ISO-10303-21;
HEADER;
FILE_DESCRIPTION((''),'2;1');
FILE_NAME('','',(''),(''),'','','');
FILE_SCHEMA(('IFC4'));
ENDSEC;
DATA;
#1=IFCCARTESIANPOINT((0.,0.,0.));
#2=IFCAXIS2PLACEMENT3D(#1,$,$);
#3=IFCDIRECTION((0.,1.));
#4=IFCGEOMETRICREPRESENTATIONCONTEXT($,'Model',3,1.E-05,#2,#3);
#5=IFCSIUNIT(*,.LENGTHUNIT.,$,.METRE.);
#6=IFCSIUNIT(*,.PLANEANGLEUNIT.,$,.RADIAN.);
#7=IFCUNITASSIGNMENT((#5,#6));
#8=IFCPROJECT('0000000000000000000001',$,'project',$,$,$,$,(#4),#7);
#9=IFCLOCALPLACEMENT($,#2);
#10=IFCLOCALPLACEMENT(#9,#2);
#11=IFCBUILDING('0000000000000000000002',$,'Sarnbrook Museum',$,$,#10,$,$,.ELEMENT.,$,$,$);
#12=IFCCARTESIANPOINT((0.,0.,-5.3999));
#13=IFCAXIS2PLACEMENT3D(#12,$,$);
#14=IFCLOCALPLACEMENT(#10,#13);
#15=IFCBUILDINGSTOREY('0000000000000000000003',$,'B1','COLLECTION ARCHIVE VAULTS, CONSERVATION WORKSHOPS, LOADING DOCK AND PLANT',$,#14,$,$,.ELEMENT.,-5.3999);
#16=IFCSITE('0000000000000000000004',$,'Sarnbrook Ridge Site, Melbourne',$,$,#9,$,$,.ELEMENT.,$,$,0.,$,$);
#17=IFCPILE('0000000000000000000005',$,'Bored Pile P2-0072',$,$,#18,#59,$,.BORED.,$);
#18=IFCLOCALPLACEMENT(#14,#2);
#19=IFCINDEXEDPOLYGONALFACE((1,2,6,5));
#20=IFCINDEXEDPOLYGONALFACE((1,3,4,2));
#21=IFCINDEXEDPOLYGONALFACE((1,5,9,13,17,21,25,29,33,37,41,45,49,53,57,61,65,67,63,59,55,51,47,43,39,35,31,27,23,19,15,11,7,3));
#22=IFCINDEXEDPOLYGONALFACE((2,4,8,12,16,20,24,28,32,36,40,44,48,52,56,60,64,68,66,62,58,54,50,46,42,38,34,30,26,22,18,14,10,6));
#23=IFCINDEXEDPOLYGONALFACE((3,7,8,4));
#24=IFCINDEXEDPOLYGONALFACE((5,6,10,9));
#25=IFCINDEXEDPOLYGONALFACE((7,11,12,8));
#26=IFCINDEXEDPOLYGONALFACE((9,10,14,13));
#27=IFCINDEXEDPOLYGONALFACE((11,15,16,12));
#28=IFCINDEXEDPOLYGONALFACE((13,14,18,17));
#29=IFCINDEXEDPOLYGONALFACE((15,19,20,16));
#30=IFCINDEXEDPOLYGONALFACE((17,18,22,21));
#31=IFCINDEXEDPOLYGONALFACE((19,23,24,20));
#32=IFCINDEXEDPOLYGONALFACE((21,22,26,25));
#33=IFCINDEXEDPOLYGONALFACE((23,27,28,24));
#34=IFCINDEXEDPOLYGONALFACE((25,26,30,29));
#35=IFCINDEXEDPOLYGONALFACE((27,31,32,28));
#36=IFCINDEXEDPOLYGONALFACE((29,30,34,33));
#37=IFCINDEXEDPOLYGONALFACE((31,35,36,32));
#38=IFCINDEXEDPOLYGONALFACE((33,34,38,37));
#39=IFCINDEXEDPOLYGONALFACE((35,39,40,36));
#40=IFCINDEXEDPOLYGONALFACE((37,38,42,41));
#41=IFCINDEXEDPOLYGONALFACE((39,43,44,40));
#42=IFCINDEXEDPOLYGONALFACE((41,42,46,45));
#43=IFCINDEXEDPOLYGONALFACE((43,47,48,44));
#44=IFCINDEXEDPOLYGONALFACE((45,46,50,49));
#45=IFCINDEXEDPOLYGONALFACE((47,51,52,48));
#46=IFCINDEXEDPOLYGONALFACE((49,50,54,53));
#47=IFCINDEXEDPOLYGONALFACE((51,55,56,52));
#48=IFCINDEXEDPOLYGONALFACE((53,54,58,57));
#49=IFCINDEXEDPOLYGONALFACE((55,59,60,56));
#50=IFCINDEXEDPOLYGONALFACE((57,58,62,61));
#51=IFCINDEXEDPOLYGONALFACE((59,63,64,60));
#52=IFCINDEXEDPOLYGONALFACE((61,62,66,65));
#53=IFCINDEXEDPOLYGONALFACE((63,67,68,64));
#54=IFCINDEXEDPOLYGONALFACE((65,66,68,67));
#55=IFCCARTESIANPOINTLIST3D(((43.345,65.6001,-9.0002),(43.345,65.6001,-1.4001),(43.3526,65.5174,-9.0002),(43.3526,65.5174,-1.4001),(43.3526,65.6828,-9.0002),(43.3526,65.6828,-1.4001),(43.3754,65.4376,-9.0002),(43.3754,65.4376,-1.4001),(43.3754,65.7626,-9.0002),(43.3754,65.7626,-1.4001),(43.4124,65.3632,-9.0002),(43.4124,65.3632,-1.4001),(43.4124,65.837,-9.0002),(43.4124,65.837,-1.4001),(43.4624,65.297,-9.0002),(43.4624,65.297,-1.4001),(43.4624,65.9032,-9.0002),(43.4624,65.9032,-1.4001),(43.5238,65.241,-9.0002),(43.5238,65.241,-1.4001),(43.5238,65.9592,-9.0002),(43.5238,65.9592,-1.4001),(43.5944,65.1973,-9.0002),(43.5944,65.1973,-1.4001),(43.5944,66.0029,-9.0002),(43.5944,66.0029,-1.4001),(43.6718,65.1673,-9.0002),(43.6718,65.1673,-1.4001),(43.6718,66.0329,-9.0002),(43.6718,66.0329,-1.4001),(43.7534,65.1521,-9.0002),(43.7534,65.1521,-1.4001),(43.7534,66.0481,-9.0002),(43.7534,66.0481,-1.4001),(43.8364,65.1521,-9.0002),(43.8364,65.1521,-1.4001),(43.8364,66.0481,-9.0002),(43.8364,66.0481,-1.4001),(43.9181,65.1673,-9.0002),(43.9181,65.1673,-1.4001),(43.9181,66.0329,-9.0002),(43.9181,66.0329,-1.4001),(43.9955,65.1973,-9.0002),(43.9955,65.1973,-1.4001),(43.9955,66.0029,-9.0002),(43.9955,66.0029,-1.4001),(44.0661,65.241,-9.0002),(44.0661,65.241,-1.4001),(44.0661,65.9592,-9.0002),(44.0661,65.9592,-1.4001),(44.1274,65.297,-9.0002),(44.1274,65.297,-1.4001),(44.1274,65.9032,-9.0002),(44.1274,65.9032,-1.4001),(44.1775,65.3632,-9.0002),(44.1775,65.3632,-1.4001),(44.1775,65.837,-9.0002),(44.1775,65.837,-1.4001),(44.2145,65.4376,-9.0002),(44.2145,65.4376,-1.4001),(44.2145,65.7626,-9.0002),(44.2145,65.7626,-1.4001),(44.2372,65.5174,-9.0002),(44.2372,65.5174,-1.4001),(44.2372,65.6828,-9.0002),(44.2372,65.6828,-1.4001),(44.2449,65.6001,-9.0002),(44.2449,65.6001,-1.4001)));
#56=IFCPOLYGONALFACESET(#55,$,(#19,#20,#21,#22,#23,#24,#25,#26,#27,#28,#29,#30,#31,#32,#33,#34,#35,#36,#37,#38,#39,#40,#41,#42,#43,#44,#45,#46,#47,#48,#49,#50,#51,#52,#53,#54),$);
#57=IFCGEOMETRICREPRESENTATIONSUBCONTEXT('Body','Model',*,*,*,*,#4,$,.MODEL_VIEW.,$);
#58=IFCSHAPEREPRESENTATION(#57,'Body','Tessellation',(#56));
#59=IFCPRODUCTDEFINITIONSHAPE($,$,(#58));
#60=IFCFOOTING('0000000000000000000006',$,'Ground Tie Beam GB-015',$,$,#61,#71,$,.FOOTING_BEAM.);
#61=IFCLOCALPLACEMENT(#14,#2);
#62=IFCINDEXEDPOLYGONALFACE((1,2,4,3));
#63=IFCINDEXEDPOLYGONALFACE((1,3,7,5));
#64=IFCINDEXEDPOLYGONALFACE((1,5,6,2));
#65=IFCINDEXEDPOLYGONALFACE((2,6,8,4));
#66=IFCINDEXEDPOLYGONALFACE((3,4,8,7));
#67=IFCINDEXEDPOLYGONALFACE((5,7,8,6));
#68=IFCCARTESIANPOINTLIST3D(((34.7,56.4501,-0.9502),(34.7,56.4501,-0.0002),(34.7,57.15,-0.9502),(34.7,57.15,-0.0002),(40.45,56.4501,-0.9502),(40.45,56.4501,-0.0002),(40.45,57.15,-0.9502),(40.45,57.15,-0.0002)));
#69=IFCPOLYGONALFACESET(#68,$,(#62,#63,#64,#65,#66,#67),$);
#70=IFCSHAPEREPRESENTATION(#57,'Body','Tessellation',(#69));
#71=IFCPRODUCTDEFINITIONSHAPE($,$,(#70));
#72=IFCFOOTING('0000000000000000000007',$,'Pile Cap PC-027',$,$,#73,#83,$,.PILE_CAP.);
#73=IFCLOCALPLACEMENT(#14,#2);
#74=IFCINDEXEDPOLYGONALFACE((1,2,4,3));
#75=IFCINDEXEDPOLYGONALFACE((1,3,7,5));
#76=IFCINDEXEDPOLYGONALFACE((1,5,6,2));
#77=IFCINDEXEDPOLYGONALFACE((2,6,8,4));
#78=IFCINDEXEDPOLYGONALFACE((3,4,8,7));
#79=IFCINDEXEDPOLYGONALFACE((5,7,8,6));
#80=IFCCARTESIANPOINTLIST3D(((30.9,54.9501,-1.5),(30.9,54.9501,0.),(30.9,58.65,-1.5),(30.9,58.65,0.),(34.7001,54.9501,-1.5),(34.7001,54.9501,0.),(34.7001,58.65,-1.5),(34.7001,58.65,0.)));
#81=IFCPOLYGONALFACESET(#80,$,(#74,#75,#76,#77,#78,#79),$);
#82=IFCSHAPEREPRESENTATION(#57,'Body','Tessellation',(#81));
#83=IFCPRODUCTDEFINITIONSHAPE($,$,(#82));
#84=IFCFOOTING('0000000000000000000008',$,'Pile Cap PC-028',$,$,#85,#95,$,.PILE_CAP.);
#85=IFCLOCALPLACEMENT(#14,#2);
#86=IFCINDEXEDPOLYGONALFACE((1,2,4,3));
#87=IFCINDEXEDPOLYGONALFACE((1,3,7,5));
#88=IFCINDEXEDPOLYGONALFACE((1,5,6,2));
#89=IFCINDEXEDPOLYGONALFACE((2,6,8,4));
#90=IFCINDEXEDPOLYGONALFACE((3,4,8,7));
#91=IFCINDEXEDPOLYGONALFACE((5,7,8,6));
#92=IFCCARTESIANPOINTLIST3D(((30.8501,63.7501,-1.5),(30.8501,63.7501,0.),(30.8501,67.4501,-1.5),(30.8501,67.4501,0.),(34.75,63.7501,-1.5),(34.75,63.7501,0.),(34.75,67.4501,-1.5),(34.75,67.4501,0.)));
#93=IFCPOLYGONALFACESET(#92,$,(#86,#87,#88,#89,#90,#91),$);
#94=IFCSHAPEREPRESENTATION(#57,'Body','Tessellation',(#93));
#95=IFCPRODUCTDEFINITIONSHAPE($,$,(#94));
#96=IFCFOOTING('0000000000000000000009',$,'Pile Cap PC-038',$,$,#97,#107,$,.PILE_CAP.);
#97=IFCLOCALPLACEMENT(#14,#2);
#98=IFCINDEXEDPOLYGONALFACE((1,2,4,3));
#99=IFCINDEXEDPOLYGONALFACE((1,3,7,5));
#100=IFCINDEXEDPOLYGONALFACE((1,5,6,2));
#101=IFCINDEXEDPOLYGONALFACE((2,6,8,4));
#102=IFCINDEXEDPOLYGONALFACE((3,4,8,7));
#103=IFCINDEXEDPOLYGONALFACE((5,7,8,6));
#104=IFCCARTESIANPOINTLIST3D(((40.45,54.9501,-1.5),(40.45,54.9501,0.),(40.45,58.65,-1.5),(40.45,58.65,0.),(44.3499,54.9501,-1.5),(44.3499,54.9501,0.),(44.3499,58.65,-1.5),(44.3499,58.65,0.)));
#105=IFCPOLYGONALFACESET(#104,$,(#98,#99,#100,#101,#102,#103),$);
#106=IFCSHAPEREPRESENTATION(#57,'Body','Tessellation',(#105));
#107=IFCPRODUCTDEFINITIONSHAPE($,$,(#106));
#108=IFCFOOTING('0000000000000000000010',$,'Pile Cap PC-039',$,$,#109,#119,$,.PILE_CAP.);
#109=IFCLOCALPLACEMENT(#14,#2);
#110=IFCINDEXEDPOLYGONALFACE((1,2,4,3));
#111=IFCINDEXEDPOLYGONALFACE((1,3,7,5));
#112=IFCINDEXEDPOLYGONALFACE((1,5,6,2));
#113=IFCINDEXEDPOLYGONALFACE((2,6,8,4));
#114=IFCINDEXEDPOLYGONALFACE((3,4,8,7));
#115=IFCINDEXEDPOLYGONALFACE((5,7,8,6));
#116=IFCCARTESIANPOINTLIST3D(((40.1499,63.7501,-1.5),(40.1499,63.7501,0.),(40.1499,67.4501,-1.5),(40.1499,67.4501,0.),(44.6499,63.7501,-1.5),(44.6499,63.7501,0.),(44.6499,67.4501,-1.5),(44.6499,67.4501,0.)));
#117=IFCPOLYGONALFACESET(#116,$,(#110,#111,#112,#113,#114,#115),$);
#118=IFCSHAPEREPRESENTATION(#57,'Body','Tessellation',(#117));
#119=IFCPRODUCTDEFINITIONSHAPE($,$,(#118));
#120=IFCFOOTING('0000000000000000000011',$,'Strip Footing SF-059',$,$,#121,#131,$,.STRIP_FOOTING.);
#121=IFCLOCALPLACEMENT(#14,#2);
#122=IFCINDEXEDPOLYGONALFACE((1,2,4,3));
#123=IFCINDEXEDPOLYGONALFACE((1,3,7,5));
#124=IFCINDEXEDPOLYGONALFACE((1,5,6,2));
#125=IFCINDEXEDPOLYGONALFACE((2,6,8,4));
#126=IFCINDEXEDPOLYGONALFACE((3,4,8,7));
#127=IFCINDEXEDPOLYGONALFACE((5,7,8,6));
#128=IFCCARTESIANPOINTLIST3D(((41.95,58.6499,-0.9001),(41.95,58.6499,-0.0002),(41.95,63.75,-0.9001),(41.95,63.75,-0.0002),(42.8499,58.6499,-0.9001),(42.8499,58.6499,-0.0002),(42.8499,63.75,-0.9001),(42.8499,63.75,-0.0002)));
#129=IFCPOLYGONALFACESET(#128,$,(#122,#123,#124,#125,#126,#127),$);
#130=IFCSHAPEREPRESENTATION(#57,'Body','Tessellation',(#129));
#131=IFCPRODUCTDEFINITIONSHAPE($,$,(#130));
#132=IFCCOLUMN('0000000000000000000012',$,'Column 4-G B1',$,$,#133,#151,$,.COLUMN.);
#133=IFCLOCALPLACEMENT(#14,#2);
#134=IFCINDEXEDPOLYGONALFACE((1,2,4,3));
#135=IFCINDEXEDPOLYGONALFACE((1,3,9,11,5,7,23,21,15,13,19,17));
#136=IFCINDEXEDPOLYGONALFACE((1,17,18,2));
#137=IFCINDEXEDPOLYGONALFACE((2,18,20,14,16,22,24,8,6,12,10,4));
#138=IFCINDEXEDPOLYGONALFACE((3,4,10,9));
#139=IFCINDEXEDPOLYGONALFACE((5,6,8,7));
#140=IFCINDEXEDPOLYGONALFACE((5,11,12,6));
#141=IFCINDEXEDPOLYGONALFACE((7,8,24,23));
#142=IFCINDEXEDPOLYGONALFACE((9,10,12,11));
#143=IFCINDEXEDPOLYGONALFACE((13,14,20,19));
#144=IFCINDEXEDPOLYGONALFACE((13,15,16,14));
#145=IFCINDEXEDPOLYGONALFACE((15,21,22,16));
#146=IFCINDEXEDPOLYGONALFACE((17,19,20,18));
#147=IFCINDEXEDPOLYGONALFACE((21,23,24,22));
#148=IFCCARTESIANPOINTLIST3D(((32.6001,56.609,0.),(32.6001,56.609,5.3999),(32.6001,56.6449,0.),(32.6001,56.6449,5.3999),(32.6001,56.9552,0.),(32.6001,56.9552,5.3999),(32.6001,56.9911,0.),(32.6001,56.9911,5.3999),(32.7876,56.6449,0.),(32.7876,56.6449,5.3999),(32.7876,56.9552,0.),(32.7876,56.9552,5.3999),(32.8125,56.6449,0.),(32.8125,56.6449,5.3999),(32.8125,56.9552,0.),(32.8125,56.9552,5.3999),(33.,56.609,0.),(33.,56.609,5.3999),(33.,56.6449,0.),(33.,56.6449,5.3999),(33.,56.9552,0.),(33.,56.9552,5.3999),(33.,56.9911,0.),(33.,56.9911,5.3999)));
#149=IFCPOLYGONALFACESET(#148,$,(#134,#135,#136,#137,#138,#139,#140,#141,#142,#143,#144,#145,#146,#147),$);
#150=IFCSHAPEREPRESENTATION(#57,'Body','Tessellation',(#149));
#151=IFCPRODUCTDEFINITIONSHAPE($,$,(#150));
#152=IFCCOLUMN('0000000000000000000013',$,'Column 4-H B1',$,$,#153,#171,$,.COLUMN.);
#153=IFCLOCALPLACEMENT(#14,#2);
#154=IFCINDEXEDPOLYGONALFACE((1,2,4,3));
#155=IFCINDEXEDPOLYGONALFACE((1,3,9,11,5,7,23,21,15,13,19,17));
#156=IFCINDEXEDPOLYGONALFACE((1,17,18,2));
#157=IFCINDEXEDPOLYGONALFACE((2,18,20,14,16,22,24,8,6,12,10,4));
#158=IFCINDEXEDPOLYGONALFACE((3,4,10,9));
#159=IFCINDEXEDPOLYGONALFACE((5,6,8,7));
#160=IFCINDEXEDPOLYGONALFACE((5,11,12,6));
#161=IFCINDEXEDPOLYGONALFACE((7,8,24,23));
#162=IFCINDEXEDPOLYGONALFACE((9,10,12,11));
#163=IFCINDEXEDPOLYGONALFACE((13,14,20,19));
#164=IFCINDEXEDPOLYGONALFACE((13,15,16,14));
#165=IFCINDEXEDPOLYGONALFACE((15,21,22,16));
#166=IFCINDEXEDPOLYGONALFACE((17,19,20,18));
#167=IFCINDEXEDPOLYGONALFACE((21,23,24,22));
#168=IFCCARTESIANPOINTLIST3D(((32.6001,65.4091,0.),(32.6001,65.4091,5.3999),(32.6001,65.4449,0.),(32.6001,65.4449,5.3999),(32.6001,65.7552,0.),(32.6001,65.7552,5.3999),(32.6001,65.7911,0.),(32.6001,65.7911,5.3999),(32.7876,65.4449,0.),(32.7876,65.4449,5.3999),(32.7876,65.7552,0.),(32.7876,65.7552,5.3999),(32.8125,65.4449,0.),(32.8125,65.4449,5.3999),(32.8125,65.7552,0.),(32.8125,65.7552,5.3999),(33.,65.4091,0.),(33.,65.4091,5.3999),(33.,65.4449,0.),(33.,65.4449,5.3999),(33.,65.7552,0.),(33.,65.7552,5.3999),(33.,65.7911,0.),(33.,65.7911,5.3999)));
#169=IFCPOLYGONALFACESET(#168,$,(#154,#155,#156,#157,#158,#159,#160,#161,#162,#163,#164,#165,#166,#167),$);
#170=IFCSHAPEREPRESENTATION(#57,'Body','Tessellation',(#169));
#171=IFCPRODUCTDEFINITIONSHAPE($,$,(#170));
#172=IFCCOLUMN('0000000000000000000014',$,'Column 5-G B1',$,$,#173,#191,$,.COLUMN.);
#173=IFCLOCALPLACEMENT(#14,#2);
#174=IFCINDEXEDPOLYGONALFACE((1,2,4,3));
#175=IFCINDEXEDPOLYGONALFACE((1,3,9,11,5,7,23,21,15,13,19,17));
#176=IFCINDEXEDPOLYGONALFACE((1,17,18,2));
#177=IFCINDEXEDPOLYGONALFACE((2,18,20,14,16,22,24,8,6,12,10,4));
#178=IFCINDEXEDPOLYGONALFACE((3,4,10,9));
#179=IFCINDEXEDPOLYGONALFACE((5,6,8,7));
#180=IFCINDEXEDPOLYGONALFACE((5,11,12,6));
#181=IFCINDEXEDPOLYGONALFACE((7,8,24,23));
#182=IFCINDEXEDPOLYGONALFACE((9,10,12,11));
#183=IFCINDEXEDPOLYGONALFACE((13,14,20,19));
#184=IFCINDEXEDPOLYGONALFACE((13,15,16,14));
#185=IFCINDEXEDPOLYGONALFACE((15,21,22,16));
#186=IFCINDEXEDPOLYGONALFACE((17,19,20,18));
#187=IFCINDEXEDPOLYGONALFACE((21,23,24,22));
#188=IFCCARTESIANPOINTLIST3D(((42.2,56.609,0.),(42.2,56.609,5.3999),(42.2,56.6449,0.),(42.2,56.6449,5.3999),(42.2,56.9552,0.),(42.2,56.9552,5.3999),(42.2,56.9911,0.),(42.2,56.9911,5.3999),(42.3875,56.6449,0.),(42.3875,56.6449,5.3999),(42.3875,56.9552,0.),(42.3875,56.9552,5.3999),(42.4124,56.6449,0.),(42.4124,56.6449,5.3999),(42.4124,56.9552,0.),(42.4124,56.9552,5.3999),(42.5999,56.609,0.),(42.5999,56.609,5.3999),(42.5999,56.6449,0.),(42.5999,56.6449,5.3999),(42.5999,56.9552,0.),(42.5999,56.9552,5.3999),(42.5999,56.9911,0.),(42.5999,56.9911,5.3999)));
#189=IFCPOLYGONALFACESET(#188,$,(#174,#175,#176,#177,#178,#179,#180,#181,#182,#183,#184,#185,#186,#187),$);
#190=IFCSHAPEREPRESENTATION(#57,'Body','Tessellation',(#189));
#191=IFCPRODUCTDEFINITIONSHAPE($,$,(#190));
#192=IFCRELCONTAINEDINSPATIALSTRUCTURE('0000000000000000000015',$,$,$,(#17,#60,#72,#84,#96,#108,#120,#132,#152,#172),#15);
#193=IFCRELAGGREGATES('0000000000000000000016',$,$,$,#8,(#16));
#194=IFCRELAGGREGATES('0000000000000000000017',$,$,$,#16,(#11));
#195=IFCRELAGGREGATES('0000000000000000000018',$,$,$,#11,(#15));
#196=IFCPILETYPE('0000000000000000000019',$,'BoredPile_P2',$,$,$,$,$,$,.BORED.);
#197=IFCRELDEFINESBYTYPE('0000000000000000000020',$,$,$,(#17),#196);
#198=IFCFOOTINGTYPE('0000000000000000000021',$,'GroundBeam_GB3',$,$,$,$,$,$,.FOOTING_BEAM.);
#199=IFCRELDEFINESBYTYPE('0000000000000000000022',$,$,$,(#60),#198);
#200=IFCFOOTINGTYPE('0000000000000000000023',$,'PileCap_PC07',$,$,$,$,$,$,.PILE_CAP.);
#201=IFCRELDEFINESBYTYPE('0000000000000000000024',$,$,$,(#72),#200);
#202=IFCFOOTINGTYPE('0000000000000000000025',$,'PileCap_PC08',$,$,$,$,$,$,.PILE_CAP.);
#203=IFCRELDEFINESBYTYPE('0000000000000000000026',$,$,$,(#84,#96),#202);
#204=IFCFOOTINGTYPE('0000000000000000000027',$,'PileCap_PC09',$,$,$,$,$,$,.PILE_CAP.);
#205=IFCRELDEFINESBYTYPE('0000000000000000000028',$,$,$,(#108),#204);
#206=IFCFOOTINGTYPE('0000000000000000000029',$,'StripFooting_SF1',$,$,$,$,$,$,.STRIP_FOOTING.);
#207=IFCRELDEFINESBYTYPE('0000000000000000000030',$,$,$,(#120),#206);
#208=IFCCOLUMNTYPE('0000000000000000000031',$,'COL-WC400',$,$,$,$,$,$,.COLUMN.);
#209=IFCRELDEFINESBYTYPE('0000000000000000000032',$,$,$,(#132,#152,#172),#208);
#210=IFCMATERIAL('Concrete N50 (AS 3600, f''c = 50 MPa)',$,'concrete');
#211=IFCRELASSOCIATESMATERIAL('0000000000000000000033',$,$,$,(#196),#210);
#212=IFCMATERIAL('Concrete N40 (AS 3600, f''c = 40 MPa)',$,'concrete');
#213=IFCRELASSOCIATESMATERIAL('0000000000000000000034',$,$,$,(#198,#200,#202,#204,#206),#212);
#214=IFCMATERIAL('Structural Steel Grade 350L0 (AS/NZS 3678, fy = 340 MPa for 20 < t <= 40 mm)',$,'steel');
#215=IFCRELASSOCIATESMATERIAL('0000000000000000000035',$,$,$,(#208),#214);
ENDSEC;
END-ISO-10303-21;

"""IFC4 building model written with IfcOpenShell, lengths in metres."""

from ifc_helpers import new_model, si_unit, direction, frame, origin, origin_2d, place, context, subcontext, project, spatial, rectangle, circle, i_section, extrude, material, material_profile, profile_set, type_object, element, save


model = new_model("IFC4")

# Units and contexts
model_context = context("Model", 3, precision=1e-05, world=origin(), true_north=direction((0.0, 1.0)))
body_context = subcontext(model_context, "Body", "Model", "MODEL_VIEW")
ifc_project = project(units=[si_unit("LENGTHUNIT", "METRE"), si_unit("PLANEANGLEUNIT", "RADIAN")], contexts=[model_context])

# Site, building, storey
site_placement = place(None, origin())
site = spatial("IfcSite", under=ifc_project, at=site_placement, Name="Sarnbrook Ridge Site, Melbourne", CompositionType="ELEMENT", RefElevation=0.0)
building_placement = place(site_placement, origin())
building = spatial("IfcBuilding", under=site, at=building_placement, Name="Sarnbrook Museum", CompositionType="ELEMENT")
storey_placement = place(building_placement, frame((0.0, 0.0, -5.3999)))
storey = spatial("IfcBuildingStorey", under=building, at=storey_placement, Name="B1", Description="COLLECTION ARCHIVE VAULTS, CONSERVATION WORKSHOPS, LOADING DOCK AND PLANT", CompositionType="ELEMENT", Elevation=-5.3999)

# Pile
ifc_material_1 = material(Name="Concrete N50 (AS 3600, f'c = 50 MPa)", Category="concrete")
ifc_material_profile_1 = material_profile(ifc_material_1, circle(Radius=0.45, at=origin_2d()), Name="BORED PILE D900")
ifc_profile_set_1 = profile_set([ifc_material_profile_1], Name="Concrete N50 (AS 3600, f'c = 50 MPa)")
pile_type = type_object("IfcPileType", Name="BoredPile_P2", PredefinedType="BORED", material=ifc_profile_set_1)
for number, where, z_axis, x_axis, name in (
    (1, (43.7949, 65.6001, -1.4001), (0.0, 0.0, -1.0), (1.0, 0.0, 0.0), "Bored Pile P2-0072"),
):
    element("IfcPile", number, at=place(storey_placement, frame(where, z_axis=z_axis, x_axis=x_axis)), inside=storey, type_object=pile_type, Name=name, PredefinedType="BORED", context=body_context, shape_type="SweptSolid", body=[
        extrude(circle(Radius=0.45, at=origin_2d()), origin(), (0.0, 0.0, 1.0), 7.6001),
    ])

# Footings
ifc_material_2 = material(Name="Concrete N40 (AS 3600, f'c = 40 MPa)", Category="concrete")
footing_type_1 = type_object("IfcFootingType", Name="GroundBeam_GB3", PredefinedType="FOOTING_BEAM", material=ifc_material_2)
footing_1_placement = place(storey_placement, frame((37.575, 56.8, -0.9502), z_axis=(0.0, 0.0, 1.0), x_axis=(1.0, 0.0, 0.0)))
element("IfcFooting", 2, at=footing_1_placement, inside=storey, type_object=footing_type_1, Name="Ground Tie Beam GB-015", PredefinedType="FOOTING_BEAM", context=body_context, shape_type="SweptSolid", body=[
    extrude(rectangle(XDim=5.75, YDim=0.7, at=origin_2d()), origin(), (0.0, 0.0, 1.0), 0.95),
])
footing_type_2 = type_object("IfcFootingType", Name="PileCap_PC07", PredefinedType="PILE_CAP", material=ifc_material_2)
footing_2_placement = place(storey_placement, frame((32.8, 56.8, -1.5), z_axis=(0.0, 0.0, 1.0), x_axis=(1.0, 0.0, 0.0)))
element("IfcFooting", 3, at=footing_2_placement, inside=storey, type_object=footing_type_2, Name="Pile Cap PC-027", PredefinedType="PILE_CAP", context=body_context, shape_type="SweptSolid", body=[
    extrude(rectangle(XDim=3.8, YDim=3.7, at=origin_2d()), origin(), (0.0, 0.0, 1.0), 1.5),
])
footing_type_3 = type_object("IfcFootingType", Name="PileCap_PC08", PredefinedType="PILE_CAP", material=ifc_material_2)
for number, where, z_axis, x_axis, name in (
    (4, (32.8, 65.6001, -1.5), (0.0, 0.0, 1.0), (1.0, 0.0, 0.0), "Pile Cap PC-028"),
    (5, (42.3999, 56.8, -1.5), (0.0, 0.0, 1.0), (1.0, 0.0, 0.0), "Pile Cap PC-038"),
):
    element("IfcFooting", number, at=place(storey_placement, frame(where, z_axis=z_axis, x_axis=x_axis)), inside=storey, type_object=footing_type_3, Name=name, PredefinedType="PILE_CAP", context=body_context, shape_type="SweptSolid", body=[
        extrude(rectangle(XDim=3.8999, YDim=3.7, at=origin_2d()), origin(), (0.0, 0.0, 1.0), 1.5),
    ])
footing_type_4 = type_object("IfcFootingType", Name="PileCap_PC09", PredefinedType="PILE_CAP", material=ifc_material_2)
footing_3_placement = place(storey_placement, frame((42.3999, 65.6001, -1.5), z_axis=(0.0, 0.0, 1.0), x_axis=(1.0, 0.0, 0.0)))
element("IfcFooting", 6, at=footing_3_placement, inside=storey, type_object=footing_type_4, Name="Pile Cap PC-039", PredefinedType="PILE_CAP", context=body_context, shape_type="SweptSolid", body=[
    extrude(rectangle(XDim=4.5, YDim=3.7, at=origin_2d()), origin(), (0.0, 0.0, 1.0), 1.5),
])
footing_type_5 = type_object("IfcFootingType", Name="StripFooting_SF1", PredefinedType="STRIP_FOOTING", material=ifc_material_2)
footing_4_placement = place(storey_placement, frame((42.3999, 61.2, -0.9001), z_axis=(0.0, 0.0, 1.0), x_axis=(1.0, 0.0, 0.0)))
element("IfcFooting", 7, at=footing_4_placement, inside=storey, type_object=footing_type_5, Name="Strip Footing SF-059", PredefinedType="STRIP_FOOTING", context=body_context, shape_type="SweptSolid", body=[
    extrude(rectangle(XDim=0.8999, YDim=5.1001, at=origin_2d()), origin(), (0.0, 0.0, 1.0), 0.8999),
])

# Columns
ifc_material_3 = material(Name="Structural Steel Grade 350L0 (AS/NZS 3678, fy = 340 MPa for 20 < t <= 40 mm)", Category="steel")
ifc_material_profile_2 = material_profile(ifc_material_3, i_section(OverallWidth=0.3999, OverallDepth=0.3821, WebThickness=0.0249, FlangeThickness=0.0359, at=origin_2d()), Name="400WC270")
ifc_profile_set_2 = profile_set([ifc_material_profile_2], Name="Structural Steel Grade 350L0 (AS/NZS 3678, fy = 340 MPa for 20 < t <= 40 mm)")
column_type = type_object("IfcColumnType", Name="COL-WC400", PredefinedType="COLUMN", material=ifc_profile_set_2)
for number, where, z_axis, x_axis, name in (
    (8, (32.8, 56.8, 0.0), (0.0, 0.0, 1.0), (1.0, 0.0, 0.0), "Column 4-G B1"),
    (9, (32.8, 65.6001, 0.0), (0.0, 0.0, 1.0), (1.0, 0.0, 0.0), "Column 4-H B1"),
    (10, (42.3999, 56.8, 0.0), (0.0, 0.0, 1.0), (1.0, 0.0, 0.0), "Column 5-G B1"),
):
    element("IfcColumn", number, at=place(storey_placement, frame(where, z_axis=z_axis, x_axis=x_axis)), inside=storey, type_object=column_type, Name=name, PredefinedType="COLUMN", context=body_context, shape_type="SweptSolid", body=[
        extrude(i_section(OverallWidth=0.3999, OverallDepth=0.3821, WebThickness=0.0249, FlangeThickness=0.0359, at=origin_2d()), origin(), (0.0, 0.0, 1.0), 5.3999),
    ])

save(model, "model.ifc")
